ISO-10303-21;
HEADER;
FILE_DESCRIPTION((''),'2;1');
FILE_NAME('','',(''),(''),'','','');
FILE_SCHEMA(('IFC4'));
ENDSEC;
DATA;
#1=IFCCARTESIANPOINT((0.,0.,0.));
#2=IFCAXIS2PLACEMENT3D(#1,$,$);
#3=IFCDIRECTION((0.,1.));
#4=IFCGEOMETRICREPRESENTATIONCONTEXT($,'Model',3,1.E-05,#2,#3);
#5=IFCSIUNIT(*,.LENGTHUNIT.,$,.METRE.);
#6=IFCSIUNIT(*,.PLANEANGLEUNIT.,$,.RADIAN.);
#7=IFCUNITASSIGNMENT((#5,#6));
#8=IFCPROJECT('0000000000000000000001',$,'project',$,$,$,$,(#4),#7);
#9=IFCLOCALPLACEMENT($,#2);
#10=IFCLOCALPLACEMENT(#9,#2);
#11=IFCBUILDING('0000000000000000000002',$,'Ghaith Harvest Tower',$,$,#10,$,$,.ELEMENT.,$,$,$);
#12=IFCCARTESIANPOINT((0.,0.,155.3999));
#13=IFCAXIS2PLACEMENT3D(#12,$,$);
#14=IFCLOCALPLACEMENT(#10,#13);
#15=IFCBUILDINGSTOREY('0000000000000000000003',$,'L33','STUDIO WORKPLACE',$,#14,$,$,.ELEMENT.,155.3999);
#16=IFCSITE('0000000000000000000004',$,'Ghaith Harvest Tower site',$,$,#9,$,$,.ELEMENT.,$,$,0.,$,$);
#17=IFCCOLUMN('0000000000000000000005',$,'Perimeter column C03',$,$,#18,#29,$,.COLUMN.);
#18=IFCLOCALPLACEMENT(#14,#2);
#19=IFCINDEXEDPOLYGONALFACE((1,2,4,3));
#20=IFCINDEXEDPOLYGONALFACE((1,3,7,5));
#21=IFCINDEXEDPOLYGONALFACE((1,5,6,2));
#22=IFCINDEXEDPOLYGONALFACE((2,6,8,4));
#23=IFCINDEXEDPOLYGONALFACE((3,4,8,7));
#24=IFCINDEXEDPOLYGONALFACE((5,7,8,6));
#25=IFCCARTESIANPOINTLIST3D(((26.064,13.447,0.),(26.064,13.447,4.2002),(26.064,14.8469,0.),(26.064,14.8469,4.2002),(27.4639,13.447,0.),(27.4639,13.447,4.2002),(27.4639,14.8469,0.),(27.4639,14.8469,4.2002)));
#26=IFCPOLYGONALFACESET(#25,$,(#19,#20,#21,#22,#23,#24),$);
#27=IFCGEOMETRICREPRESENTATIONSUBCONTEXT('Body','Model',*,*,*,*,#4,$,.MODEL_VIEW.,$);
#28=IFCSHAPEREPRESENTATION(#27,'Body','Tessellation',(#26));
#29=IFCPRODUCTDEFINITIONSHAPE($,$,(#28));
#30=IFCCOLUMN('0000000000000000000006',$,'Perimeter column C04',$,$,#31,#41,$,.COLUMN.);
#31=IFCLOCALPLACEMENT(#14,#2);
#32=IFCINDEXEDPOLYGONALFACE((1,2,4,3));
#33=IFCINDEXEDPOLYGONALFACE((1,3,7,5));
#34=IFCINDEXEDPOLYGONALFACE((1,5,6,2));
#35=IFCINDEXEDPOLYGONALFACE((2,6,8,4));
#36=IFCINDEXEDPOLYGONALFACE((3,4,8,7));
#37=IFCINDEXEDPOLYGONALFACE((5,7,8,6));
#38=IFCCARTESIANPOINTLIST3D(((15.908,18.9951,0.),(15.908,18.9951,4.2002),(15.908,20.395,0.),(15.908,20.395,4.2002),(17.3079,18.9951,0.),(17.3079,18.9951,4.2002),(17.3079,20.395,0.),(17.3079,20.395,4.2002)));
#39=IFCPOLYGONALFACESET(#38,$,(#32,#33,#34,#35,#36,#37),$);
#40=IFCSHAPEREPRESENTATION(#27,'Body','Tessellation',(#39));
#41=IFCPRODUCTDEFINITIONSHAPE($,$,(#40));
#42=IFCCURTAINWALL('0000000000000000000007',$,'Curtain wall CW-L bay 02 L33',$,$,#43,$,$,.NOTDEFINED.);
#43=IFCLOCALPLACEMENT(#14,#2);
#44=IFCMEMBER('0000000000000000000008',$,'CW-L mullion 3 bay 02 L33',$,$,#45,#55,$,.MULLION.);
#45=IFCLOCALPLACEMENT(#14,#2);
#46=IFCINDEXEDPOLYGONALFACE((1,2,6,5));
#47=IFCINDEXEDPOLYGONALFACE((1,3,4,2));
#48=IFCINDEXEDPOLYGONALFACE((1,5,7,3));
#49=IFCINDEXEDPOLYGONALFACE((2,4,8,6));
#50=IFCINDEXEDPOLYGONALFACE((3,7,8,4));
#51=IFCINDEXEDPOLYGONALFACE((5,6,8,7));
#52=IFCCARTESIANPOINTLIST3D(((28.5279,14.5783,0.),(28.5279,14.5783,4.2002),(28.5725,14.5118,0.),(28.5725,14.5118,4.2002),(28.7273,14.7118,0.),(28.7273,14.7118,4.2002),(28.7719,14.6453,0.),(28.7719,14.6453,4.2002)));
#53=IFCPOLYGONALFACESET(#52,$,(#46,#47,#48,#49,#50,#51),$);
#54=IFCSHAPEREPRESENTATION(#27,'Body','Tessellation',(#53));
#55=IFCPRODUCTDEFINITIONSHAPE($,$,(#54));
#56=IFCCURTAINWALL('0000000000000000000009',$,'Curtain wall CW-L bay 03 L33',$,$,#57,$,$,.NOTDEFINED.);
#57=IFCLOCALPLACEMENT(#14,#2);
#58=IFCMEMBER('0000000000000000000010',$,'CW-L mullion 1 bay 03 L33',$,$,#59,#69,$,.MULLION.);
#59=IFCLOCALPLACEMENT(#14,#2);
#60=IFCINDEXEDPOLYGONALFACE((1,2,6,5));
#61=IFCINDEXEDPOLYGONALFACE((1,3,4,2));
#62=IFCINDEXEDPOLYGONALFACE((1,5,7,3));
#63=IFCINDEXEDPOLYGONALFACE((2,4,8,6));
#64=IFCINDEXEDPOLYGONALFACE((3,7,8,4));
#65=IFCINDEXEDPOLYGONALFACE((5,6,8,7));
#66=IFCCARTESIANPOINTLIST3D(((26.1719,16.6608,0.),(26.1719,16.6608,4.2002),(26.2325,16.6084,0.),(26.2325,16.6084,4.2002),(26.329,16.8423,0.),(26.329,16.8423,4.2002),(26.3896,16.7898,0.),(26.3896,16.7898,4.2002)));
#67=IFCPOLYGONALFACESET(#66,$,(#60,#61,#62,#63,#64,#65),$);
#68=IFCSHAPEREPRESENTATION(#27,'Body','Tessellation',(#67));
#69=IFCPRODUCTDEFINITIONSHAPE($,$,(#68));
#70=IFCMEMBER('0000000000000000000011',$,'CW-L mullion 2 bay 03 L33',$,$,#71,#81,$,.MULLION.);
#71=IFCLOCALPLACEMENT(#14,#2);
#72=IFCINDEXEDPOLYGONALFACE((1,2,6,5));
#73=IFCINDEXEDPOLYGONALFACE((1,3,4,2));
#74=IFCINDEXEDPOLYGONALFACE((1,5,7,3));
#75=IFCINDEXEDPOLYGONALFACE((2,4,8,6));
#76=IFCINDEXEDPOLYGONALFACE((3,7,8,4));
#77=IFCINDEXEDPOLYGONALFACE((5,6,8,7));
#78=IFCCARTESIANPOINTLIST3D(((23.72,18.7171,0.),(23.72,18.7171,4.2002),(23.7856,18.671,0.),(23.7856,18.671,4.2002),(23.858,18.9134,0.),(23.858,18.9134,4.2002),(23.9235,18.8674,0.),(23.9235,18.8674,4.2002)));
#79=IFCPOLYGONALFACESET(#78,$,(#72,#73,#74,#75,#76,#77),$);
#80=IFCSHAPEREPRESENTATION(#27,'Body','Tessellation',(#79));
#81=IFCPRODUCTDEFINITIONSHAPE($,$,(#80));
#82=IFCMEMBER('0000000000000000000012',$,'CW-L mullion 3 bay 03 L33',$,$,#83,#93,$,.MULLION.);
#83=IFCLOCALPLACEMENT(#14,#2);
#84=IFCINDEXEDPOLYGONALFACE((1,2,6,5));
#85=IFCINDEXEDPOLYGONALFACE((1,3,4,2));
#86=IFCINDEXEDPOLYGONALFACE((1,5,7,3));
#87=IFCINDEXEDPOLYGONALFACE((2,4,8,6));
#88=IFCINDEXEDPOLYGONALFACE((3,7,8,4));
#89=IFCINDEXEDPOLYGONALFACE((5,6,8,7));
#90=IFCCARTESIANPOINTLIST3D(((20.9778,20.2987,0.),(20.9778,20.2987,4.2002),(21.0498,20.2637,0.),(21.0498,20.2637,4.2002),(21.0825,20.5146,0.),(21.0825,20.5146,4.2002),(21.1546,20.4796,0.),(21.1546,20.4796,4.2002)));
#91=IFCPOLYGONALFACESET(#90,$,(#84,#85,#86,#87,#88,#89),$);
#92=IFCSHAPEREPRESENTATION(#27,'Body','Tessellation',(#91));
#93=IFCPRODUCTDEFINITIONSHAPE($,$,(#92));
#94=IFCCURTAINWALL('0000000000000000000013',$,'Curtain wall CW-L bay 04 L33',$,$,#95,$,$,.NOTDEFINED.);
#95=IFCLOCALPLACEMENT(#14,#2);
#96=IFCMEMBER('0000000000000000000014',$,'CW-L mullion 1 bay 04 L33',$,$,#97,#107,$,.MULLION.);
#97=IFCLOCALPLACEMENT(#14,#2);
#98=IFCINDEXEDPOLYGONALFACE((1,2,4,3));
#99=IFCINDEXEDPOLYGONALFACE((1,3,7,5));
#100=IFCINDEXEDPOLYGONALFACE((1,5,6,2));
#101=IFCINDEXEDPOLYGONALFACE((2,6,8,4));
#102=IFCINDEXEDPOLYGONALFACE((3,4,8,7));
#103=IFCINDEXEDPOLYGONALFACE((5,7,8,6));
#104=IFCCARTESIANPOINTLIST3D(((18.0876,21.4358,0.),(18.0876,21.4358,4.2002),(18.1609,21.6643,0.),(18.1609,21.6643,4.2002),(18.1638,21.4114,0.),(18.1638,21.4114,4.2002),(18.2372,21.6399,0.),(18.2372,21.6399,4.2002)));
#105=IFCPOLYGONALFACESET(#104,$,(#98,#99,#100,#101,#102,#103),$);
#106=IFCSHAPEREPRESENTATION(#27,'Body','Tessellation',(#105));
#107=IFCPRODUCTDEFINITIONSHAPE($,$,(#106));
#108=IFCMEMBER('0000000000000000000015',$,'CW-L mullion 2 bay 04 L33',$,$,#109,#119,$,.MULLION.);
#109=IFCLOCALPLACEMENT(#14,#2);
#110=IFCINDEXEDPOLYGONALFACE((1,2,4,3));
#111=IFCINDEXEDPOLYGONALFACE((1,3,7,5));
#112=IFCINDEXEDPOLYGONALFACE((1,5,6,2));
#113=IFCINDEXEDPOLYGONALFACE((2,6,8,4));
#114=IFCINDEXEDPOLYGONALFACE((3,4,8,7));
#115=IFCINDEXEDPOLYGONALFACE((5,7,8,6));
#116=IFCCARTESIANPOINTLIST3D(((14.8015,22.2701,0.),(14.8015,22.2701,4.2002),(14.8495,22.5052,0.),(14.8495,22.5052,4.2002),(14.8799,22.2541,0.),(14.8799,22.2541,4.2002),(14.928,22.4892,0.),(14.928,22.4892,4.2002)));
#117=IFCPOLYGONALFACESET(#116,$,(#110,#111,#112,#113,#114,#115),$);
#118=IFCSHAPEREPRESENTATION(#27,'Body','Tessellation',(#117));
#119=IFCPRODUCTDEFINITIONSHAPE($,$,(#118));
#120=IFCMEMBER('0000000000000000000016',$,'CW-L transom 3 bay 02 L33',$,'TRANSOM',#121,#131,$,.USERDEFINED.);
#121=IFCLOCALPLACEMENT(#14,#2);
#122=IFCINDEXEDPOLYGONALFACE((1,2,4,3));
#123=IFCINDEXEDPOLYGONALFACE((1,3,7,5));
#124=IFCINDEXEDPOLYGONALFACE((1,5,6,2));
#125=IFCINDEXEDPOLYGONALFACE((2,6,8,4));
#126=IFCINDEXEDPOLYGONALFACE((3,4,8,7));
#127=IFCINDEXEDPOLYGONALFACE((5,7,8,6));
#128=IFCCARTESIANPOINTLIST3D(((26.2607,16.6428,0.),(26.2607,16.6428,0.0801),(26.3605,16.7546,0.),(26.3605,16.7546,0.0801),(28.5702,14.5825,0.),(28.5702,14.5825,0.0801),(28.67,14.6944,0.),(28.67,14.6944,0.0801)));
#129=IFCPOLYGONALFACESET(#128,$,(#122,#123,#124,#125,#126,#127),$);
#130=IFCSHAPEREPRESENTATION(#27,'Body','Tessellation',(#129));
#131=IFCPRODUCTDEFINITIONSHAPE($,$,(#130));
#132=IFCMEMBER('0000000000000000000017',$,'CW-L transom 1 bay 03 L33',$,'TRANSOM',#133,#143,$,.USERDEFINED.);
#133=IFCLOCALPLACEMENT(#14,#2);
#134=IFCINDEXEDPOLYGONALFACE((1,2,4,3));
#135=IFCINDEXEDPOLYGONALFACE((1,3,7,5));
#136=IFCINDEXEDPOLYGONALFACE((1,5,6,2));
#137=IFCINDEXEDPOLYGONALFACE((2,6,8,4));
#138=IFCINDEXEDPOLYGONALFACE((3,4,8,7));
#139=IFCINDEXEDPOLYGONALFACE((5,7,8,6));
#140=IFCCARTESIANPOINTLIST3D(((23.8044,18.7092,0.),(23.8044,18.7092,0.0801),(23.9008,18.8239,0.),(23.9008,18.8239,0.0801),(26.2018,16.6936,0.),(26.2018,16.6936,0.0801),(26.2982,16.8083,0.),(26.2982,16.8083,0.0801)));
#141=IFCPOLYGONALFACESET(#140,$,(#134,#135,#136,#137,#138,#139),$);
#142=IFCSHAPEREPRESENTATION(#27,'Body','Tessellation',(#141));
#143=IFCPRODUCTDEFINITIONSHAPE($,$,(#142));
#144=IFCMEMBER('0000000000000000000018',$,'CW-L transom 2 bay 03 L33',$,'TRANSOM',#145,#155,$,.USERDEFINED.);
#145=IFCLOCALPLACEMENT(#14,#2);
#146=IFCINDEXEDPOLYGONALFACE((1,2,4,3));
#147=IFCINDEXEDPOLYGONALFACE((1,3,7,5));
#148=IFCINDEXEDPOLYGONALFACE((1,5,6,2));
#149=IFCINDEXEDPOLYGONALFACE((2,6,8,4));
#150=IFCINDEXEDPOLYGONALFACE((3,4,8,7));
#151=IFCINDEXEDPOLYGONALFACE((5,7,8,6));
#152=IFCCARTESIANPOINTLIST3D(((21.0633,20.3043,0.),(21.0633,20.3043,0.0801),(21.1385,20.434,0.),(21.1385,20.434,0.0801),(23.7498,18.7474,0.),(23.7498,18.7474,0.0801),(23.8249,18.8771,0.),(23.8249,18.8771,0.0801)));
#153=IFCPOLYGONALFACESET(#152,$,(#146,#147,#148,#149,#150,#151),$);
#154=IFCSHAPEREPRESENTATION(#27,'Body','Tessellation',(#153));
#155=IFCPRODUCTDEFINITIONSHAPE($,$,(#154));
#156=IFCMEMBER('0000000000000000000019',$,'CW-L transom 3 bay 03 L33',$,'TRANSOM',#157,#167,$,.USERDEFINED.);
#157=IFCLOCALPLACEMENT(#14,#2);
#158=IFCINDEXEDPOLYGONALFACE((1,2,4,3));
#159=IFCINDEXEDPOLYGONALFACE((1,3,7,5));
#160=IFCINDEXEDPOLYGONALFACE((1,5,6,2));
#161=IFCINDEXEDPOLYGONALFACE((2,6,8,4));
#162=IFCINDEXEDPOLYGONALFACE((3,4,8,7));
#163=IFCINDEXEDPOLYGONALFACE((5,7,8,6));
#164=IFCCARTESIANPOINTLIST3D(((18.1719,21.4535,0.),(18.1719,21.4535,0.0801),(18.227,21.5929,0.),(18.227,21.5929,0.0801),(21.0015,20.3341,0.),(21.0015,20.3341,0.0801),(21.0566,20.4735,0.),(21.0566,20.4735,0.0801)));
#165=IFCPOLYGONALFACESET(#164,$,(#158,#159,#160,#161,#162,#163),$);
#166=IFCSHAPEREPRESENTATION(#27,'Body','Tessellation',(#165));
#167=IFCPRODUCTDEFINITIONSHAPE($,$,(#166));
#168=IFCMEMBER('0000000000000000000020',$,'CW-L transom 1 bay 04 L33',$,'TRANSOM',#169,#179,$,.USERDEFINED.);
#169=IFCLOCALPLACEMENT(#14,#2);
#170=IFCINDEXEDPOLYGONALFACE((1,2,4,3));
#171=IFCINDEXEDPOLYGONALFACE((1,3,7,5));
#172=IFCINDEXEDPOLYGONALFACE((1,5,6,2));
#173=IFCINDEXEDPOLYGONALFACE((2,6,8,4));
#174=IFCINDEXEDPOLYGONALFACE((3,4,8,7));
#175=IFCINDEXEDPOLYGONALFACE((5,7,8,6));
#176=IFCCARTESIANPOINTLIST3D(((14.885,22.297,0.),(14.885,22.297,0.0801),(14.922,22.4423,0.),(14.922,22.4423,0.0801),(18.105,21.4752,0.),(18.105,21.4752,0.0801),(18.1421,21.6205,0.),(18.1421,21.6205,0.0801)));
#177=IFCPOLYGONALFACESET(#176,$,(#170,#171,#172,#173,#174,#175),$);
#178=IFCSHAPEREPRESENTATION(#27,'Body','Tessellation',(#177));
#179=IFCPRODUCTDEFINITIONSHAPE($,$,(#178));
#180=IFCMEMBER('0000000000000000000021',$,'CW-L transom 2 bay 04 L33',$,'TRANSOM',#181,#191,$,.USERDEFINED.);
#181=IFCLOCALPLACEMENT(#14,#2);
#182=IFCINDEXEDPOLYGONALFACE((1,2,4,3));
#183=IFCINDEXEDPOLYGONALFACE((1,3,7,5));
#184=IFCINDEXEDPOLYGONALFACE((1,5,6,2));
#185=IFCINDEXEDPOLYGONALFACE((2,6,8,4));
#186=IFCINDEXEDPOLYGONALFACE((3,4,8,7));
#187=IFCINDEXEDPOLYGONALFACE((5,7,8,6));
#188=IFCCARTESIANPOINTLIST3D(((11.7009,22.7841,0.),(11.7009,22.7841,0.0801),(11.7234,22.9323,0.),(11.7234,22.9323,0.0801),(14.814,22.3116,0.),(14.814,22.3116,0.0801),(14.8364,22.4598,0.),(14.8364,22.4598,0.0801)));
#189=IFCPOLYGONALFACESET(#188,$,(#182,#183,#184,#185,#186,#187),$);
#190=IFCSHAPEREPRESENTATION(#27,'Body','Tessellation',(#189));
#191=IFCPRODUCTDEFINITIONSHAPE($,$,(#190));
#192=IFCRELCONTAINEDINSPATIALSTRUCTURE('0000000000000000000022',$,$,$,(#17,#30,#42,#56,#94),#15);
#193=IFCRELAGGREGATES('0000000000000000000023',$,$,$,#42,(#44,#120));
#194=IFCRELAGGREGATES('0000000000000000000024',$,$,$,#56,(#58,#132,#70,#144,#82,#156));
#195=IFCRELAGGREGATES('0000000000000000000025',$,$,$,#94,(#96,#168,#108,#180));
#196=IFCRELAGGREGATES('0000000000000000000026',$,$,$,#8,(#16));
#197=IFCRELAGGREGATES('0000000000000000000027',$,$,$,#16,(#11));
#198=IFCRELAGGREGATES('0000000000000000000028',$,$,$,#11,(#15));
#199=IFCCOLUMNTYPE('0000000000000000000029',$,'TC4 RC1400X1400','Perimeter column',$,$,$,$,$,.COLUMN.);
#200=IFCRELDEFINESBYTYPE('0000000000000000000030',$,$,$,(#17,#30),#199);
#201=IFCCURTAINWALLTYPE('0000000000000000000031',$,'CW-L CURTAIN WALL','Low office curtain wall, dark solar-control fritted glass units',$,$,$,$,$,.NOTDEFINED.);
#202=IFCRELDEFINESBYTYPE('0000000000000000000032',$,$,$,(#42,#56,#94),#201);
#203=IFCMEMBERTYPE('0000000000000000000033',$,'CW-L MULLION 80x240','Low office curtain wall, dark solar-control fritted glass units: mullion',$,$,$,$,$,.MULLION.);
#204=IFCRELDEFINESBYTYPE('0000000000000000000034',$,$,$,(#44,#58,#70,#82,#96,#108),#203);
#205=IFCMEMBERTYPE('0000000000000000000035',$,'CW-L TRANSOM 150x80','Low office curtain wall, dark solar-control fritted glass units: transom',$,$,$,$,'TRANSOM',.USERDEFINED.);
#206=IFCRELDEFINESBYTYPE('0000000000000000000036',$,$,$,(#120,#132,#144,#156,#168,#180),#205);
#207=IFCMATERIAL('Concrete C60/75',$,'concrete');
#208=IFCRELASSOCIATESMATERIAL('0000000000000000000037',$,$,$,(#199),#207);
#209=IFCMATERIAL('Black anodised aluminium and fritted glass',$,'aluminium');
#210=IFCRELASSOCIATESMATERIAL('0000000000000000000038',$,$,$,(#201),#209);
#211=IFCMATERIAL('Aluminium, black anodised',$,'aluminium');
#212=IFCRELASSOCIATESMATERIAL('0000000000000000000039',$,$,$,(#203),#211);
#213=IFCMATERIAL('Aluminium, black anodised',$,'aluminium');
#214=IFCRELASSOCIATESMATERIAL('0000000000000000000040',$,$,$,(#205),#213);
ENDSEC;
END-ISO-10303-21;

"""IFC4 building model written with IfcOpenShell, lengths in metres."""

from ifc_helpers import new_model, si_unit, direction, frame, origin, origin_2d, place, context, subcontext, project, spatial, rectangle, extrude, material, material_profile, profile_set, type_object, element, aggregate, save


model = new_model("IFC4")

# Units and contexts
model_context = context("Model", 3, precision=1e-05, world=origin(), true_north=direction((0.0, 1.0)))
body_context = subcontext(model_context, "Body", "Model", "MODEL_VIEW")
ifc_project = project(units=[si_unit("LENGTHUNIT", "METRE"), si_unit("PLANEANGLEUNIT", "RADIAN")], contexts=[model_context])

# Site, building, storey
site_placement = place(None, origin())
site = spatial("IfcSite", under=ifc_project, at=site_placement, Name="Ghaith Harvest Tower site", CompositionType="ELEMENT", RefElevation=0.0)
building_placement = place(site_placement, origin())
building = spatial("IfcBuilding", under=site, at=building_placement, Name="Ghaith Harvest Tower", CompositionType="ELEMENT")
storey_placement = place(building_placement, frame((0.0, 0.0, 155.3999)))
storey = spatial("IfcBuildingStorey", under=building, at=storey_placement, Name="L33", Description="STUDIO WORKPLACE", CompositionType="ELEMENT", Elevation=155.3999)

# Columns
ifc_material_1 = material(Name="Concrete C60/75", Category="concrete")
ifc_material_profile_1 = material_profile(ifc_material_1, rectangle(XDim=1.3999, YDim=1.3999, at=origin_2d()), Name="RC1400X1400")
ifc_profile_set_1 = profile_set([ifc_material_profile_1], Name="Concrete C60/75")
column_type = type_object("IfcColumnType", Name="TC4 RC1400X1400", Description="Perimeter column", PredefinedType="COLUMN", material=ifc_profile_set_1)
for number, where, z_axis, x_axis, name in (
    (1, (26.7639, 14.147, 0.0), (0.0, 0.0, 1.0), (1.0, 0.0, 0.0), "Perimeter column C03"),
    (2, (16.6079, 19.6951, 0.0), (0.0, 0.0, 1.0), (1.0, 0.0, 0.0), "Perimeter column C04"),
):
    element("IfcColumn", number, at=place(storey_placement, frame(where, z_axis=z_axis, x_axis=x_axis)), inside=storey, type_object=column_type, Name=name, PredefinedType="COLUMN", context=body_context, shape_type="SweptSolid", body=[
        extrude(rectangle(XDim=1.3999, YDim=1.3999, at=origin_2d()), origin(), (0.0, 0.0, 1.0), 4.2002),
    ])

# Curtain wall, member
ifc_material_2 = material(Name="Black anodised aluminium and fritted glass", Category="aluminium")
curtain_wall_type = type_object("IfcCurtainWallType", Name="CW-L CURTAIN WALL", Description="Low office curtain wall, dark solar-control fritted glass units", PredefinedType="NOTDEFINED", material=ifc_material_2)
curtain_wall_1_placement = place(storey_placement, origin())
curtain_wall_1 = element("IfcCurtainWall", 3, at=curtain_wall_1_placement, inside=storey, type_object=curtain_wall_type, Name="Curtain wall CW-L bay 02 L33", PredefinedType="NOTDEFINED")
ifc_material_3 = material(Name="Aluminium, black anodised", Category="aluminium")
ifc_material_profile_2 = material_profile(ifc_material_3, rectangle(XDim=0.0801, YDim=0.24, at=origin_2d()), Name="CW-L MULLION 80x240")
ifc_profile_set_2 = profile_set([ifc_material_profile_2], Name="Aluminium, black anodised")
member_type_1 = type_object("IfcMemberType", Name="CW-L MULLION 80x240", Description="Low office curtain wall, dark solar-control fritted glass units: mullion", PredefinedType="MULLION", material=ifc_profile_set_2)
member_1_placement = place(storey_placement, frame((28.6499, 14.6118, 0.0), z_axis=(0.0, 0.0, 1.0), x_axis=(-0.556324, 0.830965, 0.0)))
member_1 = element("IfcMember", 4, at=member_1_placement, type_object=member_type_1, Name="CW-L mullion 3 bay 02 L33", PredefinedType="MULLION", context=body_context, shape_type="SweptSolid", body=[
    extrude(rectangle(XDim=0.0801, YDim=0.24, at=origin_2d()), origin(), (0.0, 0.0, 1.0), 4.2002),
])

# Curtain walls, members
curtain_wall_2_placement = place(storey_placement, origin())
curtain_wall_2 = element("IfcCurtainWall", 5, at=curtain_wall_2_placement, inside=storey, type_object=curtain_wall_type, Name="Curtain wall CW-L bay 03 L33", PredefinedType="NOTDEFINED")
member_2_placement = place(storey_placement, frame((26.2808, 16.7253, 0.0), z_axis=(0.0, 0.0, 1.0), x_axis=(-0.755999, 0.654572, 0.0)))
member_2 = element("IfcMember", 6, at=member_2_placement, type_object=member_type_1, Name="CW-L mullion 1 bay 03 L33", PredefinedType="MULLION", context=body_context, shape_type="SweptSolid", body=[
    extrude(rectangle(XDim=0.0801, YDim=0.24, at=origin_2d()), origin(), (0.0, 0.0, 1.0), 4.2002),
])
member_3_placement = place(storey_placement, frame((23.8218, 18.7922, 0.0), z_axis=(0.0, 0.0, 1.0), x_axis=(-0.818229, 0.574893, 0.0)))
member_3 = element("IfcMember", 7, at=member_3_placement, type_object=member_type_1, Name="CW-L mullion 2 bay 03 L33", PredefinedType="MULLION", context=body_context, shape_type="SweptSolid", body=[
    extrude(rectangle(XDim=0.0801, YDim=0.24, at=origin_2d()), origin(), (0.0, 0.0, 1.0), 4.2002),
])
member_4_placement = place(storey_placement, frame((21.0662, 20.3892, 0.0), z_axis=(0.0, 0.0, 1.0), x_axis=(-0.899713, 0.436481, 0.0)))
member_4 = element("IfcMember", 8, at=member_4_placement, type_object=member_type_1, Name="CW-L mullion 3 bay 03 L33", PredefinedType="MULLION", context=body_context, shape_type="SweptSolid", body=[
    extrude(rectangle(XDim=0.0801, YDim=0.24, at=origin_2d()), origin(), (0.0, 0.0, 1.0), 4.2002),
])
curtain_wall_3_placement = place(storey_placement, origin())
curtain_wall_3 = element("IfcCurtainWall", 9, at=curtain_wall_3_placement, inside=storey, type_object=curtain_wall_type, Name="Curtain wall CW-L bay 04 L33", PredefinedType="NOTDEFINED")
member_5_placement = place(storey_placement, frame((18.1624, 21.5378, 0.0), z_axis=(0.0, 0.0, 1.0), x_axis=(-0.952152, 0.305624, 0.0)))
member_5 = element("IfcMember", 10, at=member_5_placement, type_object=member_type_1, Name="CW-L mullion 1 bay 04 L33", PredefinedType="MULLION", context=body_context, shape_type="SweptSolid", body=[
    extrude(rectangle(XDim=0.0801, YDim=0.24, at=origin_2d()), origin(), (0.0, 0.0, 1.0), 4.2002),
])
member_6_placement = place(storey_placement, frame((14.8647, 22.3796, 0.0), z_axis=(0.0, 0.0, 1.0), x_axis=(-0.979752, 0.200215, 0.0)))
member_6 = element("IfcMember", 11, at=member_6_placement, type_object=member_type_1, Name="CW-L mullion 2 bay 04 L33", PredefinedType="MULLION", context=body_context, shape_type="SweptSolid", body=[
    extrude(rectangle(XDim=0.0801, YDim=0.24, at=origin_2d()), origin(), (0.0, 0.0, 1.0), 4.2002),
])

# Members
ifc_material_4 = material(Name="Aluminium, black anodised", Category="aluminium")
ifc_material_profile_3 = material_profile(ifc_material_4, rectangle(XDim=0.1499, YDim=0.0801, at=origin_2d()), Name="CW-L TRANSOM 150x80")
ifc_profile_set_3 = profile_set([ifc_material_profile_3], Name="Aluminium, black anodised")
member_type_2 = type_object("IfcMemberType", Name="CW-L TRANSOM 150x80", Description="Low office curtain wall, dark solar-control fritted glass units: transom", ElementType="TRANSOM", PredefinedType="USERDEFINED", material=ifc_profile_set_3)
member_7_placement = place(storey_placement, frame((28.6201, 14.6384, 0.04), z_axis=(-0.746229, 0.66569, 0.0), x_axis=(-0.66569, -0.746229, 0.0)))
member_7 = element("IfcMember", 12, at=member_7_placement, type_object=member_type_2, Name="CW-L transom 3 bay 02 L33", ObjectType="TRANSOM", PredefinedType="USERDEFINED", context=body_context, shape_type="SweptSolid", body=[
    extrude(rectangle(XDim=0.1499, YDim=0.0801, at=origin_2d()), origin(), (0.0, 0.0, 1.0), 3.095),
])
member_8_placement = place(storey_placement, frame((26.25, 16.751, 0.04), z_axis=(-0.765428, 0.643521, 0.0), x_axis=(-0.643521, -0.765428, 0.0)))
member_8 = element("IfcMember", 13, at=member_8_placement, type_object=member_type_2, Name="CW-L transom 1 bay 03 L33", ObjectType="TRANSOM", PredefinedType="USERDEFINED", context=body_context, shape_type="SweptSolid", body=[
    extrude(rectangle(XDim=0.1499, YDim=0.0801, at=origin_2d()), origin(), (0.0, 0.0, 1.0), 3.1321),
])
member_9_placement = place(storey_placement, frame((23.7874, 18.8123, 0.04), z_axis=(-0.865213, 0.501405, 0.0), x_axis=(-0.501405, -0.865213, 0.0)))
member_9 = element("IfcMember", 14, at=member_9_placement, type_object=member_type_2, Name="CW-L transom 2 bay 03 L33", ObjectType="TRANSOM", PredefinedType="USERDEFINED", context=body_context, shape_type="SweptSolid", body=[
    extrude(rectangle(XDim=0.1499, YDim=0.0801, at=origin_2d()), origin(), (0.0, 0.0, 1.0), 3.105),
])
member_10_placement = place(storey_placement, frame((21.0291, 20.4038, 0.04), z_axis=(-0.929881, 0.367861, 0.0), x_axis=(-0.367861, -0.929881, 0.0)))
member_10 = element("IfcMember", 15, at=member_10_placement, type_object=member_type_2, Name="CW-L transom 3 bay 03 L33", ObjectType="TRANSOM", PredefinedType="USERDEFINED", context=body_context, shape_type="SweptSolid", body=[
    extrude(rectangle(XDim=0.1499, YDim=0.0801, at=origin_2d()), origin(), (0.0, 0.0, 1.0), 3.043),
])
member_11_placement = place(storey_placement, frame((18.1235, 21.5479, 0.04), z_axis=(-0.968942, 0.247286, 0.0), x_axis=(-0.247286, -0.968942, 0.0)))
member_11 = element("IfcMember", 16, at=member_11_placement, type_object=member_type_2, Name="CW-L transom 1 bay 04 L33", ObjectType="TRANSOM", PredefinedType="USERDEFINED", context=body_context, shape_type="SweptSolid", body=[
    extrude(rectangle(XDim=0.1499, YDim=0.0801, at=origin_2d()), origin(), (0.0, 0.0, 1.0), 3.3232),
])
member_12_placement = place(storey_placement, frame((14.8252, 22.3857, 0.04), z_axis=(-0.988681, 0.150035, 0.0), x_axis=(-0.150035, -0.988681, 0.0)))
member_12 = element("IfcMember", 17, at=member_12_placement, type_object=member_type_2, Name="CW-L transom 2 bay 04 L33", ObjectType="TRANSOM", PredefinedType="USERDEFINED", context=body_context, shape_type="SweptSolid", body=[
    extrude(rectangle(XDim=0.1499, YDim=0.0801, at=origin_2d()), origin(), (0.0, 0.0, 1.0), 3.1487),
])

aggregate(curtain_wall_1, [member_1, member_7])
aggregate(curtain_wall_2, [member_2, member_8, member_3, member_9, member_4, member_10])
aggregate(curtain_wall_3, [member_5, member_11, member_6, member_12])

save(model, "model.ifc")
